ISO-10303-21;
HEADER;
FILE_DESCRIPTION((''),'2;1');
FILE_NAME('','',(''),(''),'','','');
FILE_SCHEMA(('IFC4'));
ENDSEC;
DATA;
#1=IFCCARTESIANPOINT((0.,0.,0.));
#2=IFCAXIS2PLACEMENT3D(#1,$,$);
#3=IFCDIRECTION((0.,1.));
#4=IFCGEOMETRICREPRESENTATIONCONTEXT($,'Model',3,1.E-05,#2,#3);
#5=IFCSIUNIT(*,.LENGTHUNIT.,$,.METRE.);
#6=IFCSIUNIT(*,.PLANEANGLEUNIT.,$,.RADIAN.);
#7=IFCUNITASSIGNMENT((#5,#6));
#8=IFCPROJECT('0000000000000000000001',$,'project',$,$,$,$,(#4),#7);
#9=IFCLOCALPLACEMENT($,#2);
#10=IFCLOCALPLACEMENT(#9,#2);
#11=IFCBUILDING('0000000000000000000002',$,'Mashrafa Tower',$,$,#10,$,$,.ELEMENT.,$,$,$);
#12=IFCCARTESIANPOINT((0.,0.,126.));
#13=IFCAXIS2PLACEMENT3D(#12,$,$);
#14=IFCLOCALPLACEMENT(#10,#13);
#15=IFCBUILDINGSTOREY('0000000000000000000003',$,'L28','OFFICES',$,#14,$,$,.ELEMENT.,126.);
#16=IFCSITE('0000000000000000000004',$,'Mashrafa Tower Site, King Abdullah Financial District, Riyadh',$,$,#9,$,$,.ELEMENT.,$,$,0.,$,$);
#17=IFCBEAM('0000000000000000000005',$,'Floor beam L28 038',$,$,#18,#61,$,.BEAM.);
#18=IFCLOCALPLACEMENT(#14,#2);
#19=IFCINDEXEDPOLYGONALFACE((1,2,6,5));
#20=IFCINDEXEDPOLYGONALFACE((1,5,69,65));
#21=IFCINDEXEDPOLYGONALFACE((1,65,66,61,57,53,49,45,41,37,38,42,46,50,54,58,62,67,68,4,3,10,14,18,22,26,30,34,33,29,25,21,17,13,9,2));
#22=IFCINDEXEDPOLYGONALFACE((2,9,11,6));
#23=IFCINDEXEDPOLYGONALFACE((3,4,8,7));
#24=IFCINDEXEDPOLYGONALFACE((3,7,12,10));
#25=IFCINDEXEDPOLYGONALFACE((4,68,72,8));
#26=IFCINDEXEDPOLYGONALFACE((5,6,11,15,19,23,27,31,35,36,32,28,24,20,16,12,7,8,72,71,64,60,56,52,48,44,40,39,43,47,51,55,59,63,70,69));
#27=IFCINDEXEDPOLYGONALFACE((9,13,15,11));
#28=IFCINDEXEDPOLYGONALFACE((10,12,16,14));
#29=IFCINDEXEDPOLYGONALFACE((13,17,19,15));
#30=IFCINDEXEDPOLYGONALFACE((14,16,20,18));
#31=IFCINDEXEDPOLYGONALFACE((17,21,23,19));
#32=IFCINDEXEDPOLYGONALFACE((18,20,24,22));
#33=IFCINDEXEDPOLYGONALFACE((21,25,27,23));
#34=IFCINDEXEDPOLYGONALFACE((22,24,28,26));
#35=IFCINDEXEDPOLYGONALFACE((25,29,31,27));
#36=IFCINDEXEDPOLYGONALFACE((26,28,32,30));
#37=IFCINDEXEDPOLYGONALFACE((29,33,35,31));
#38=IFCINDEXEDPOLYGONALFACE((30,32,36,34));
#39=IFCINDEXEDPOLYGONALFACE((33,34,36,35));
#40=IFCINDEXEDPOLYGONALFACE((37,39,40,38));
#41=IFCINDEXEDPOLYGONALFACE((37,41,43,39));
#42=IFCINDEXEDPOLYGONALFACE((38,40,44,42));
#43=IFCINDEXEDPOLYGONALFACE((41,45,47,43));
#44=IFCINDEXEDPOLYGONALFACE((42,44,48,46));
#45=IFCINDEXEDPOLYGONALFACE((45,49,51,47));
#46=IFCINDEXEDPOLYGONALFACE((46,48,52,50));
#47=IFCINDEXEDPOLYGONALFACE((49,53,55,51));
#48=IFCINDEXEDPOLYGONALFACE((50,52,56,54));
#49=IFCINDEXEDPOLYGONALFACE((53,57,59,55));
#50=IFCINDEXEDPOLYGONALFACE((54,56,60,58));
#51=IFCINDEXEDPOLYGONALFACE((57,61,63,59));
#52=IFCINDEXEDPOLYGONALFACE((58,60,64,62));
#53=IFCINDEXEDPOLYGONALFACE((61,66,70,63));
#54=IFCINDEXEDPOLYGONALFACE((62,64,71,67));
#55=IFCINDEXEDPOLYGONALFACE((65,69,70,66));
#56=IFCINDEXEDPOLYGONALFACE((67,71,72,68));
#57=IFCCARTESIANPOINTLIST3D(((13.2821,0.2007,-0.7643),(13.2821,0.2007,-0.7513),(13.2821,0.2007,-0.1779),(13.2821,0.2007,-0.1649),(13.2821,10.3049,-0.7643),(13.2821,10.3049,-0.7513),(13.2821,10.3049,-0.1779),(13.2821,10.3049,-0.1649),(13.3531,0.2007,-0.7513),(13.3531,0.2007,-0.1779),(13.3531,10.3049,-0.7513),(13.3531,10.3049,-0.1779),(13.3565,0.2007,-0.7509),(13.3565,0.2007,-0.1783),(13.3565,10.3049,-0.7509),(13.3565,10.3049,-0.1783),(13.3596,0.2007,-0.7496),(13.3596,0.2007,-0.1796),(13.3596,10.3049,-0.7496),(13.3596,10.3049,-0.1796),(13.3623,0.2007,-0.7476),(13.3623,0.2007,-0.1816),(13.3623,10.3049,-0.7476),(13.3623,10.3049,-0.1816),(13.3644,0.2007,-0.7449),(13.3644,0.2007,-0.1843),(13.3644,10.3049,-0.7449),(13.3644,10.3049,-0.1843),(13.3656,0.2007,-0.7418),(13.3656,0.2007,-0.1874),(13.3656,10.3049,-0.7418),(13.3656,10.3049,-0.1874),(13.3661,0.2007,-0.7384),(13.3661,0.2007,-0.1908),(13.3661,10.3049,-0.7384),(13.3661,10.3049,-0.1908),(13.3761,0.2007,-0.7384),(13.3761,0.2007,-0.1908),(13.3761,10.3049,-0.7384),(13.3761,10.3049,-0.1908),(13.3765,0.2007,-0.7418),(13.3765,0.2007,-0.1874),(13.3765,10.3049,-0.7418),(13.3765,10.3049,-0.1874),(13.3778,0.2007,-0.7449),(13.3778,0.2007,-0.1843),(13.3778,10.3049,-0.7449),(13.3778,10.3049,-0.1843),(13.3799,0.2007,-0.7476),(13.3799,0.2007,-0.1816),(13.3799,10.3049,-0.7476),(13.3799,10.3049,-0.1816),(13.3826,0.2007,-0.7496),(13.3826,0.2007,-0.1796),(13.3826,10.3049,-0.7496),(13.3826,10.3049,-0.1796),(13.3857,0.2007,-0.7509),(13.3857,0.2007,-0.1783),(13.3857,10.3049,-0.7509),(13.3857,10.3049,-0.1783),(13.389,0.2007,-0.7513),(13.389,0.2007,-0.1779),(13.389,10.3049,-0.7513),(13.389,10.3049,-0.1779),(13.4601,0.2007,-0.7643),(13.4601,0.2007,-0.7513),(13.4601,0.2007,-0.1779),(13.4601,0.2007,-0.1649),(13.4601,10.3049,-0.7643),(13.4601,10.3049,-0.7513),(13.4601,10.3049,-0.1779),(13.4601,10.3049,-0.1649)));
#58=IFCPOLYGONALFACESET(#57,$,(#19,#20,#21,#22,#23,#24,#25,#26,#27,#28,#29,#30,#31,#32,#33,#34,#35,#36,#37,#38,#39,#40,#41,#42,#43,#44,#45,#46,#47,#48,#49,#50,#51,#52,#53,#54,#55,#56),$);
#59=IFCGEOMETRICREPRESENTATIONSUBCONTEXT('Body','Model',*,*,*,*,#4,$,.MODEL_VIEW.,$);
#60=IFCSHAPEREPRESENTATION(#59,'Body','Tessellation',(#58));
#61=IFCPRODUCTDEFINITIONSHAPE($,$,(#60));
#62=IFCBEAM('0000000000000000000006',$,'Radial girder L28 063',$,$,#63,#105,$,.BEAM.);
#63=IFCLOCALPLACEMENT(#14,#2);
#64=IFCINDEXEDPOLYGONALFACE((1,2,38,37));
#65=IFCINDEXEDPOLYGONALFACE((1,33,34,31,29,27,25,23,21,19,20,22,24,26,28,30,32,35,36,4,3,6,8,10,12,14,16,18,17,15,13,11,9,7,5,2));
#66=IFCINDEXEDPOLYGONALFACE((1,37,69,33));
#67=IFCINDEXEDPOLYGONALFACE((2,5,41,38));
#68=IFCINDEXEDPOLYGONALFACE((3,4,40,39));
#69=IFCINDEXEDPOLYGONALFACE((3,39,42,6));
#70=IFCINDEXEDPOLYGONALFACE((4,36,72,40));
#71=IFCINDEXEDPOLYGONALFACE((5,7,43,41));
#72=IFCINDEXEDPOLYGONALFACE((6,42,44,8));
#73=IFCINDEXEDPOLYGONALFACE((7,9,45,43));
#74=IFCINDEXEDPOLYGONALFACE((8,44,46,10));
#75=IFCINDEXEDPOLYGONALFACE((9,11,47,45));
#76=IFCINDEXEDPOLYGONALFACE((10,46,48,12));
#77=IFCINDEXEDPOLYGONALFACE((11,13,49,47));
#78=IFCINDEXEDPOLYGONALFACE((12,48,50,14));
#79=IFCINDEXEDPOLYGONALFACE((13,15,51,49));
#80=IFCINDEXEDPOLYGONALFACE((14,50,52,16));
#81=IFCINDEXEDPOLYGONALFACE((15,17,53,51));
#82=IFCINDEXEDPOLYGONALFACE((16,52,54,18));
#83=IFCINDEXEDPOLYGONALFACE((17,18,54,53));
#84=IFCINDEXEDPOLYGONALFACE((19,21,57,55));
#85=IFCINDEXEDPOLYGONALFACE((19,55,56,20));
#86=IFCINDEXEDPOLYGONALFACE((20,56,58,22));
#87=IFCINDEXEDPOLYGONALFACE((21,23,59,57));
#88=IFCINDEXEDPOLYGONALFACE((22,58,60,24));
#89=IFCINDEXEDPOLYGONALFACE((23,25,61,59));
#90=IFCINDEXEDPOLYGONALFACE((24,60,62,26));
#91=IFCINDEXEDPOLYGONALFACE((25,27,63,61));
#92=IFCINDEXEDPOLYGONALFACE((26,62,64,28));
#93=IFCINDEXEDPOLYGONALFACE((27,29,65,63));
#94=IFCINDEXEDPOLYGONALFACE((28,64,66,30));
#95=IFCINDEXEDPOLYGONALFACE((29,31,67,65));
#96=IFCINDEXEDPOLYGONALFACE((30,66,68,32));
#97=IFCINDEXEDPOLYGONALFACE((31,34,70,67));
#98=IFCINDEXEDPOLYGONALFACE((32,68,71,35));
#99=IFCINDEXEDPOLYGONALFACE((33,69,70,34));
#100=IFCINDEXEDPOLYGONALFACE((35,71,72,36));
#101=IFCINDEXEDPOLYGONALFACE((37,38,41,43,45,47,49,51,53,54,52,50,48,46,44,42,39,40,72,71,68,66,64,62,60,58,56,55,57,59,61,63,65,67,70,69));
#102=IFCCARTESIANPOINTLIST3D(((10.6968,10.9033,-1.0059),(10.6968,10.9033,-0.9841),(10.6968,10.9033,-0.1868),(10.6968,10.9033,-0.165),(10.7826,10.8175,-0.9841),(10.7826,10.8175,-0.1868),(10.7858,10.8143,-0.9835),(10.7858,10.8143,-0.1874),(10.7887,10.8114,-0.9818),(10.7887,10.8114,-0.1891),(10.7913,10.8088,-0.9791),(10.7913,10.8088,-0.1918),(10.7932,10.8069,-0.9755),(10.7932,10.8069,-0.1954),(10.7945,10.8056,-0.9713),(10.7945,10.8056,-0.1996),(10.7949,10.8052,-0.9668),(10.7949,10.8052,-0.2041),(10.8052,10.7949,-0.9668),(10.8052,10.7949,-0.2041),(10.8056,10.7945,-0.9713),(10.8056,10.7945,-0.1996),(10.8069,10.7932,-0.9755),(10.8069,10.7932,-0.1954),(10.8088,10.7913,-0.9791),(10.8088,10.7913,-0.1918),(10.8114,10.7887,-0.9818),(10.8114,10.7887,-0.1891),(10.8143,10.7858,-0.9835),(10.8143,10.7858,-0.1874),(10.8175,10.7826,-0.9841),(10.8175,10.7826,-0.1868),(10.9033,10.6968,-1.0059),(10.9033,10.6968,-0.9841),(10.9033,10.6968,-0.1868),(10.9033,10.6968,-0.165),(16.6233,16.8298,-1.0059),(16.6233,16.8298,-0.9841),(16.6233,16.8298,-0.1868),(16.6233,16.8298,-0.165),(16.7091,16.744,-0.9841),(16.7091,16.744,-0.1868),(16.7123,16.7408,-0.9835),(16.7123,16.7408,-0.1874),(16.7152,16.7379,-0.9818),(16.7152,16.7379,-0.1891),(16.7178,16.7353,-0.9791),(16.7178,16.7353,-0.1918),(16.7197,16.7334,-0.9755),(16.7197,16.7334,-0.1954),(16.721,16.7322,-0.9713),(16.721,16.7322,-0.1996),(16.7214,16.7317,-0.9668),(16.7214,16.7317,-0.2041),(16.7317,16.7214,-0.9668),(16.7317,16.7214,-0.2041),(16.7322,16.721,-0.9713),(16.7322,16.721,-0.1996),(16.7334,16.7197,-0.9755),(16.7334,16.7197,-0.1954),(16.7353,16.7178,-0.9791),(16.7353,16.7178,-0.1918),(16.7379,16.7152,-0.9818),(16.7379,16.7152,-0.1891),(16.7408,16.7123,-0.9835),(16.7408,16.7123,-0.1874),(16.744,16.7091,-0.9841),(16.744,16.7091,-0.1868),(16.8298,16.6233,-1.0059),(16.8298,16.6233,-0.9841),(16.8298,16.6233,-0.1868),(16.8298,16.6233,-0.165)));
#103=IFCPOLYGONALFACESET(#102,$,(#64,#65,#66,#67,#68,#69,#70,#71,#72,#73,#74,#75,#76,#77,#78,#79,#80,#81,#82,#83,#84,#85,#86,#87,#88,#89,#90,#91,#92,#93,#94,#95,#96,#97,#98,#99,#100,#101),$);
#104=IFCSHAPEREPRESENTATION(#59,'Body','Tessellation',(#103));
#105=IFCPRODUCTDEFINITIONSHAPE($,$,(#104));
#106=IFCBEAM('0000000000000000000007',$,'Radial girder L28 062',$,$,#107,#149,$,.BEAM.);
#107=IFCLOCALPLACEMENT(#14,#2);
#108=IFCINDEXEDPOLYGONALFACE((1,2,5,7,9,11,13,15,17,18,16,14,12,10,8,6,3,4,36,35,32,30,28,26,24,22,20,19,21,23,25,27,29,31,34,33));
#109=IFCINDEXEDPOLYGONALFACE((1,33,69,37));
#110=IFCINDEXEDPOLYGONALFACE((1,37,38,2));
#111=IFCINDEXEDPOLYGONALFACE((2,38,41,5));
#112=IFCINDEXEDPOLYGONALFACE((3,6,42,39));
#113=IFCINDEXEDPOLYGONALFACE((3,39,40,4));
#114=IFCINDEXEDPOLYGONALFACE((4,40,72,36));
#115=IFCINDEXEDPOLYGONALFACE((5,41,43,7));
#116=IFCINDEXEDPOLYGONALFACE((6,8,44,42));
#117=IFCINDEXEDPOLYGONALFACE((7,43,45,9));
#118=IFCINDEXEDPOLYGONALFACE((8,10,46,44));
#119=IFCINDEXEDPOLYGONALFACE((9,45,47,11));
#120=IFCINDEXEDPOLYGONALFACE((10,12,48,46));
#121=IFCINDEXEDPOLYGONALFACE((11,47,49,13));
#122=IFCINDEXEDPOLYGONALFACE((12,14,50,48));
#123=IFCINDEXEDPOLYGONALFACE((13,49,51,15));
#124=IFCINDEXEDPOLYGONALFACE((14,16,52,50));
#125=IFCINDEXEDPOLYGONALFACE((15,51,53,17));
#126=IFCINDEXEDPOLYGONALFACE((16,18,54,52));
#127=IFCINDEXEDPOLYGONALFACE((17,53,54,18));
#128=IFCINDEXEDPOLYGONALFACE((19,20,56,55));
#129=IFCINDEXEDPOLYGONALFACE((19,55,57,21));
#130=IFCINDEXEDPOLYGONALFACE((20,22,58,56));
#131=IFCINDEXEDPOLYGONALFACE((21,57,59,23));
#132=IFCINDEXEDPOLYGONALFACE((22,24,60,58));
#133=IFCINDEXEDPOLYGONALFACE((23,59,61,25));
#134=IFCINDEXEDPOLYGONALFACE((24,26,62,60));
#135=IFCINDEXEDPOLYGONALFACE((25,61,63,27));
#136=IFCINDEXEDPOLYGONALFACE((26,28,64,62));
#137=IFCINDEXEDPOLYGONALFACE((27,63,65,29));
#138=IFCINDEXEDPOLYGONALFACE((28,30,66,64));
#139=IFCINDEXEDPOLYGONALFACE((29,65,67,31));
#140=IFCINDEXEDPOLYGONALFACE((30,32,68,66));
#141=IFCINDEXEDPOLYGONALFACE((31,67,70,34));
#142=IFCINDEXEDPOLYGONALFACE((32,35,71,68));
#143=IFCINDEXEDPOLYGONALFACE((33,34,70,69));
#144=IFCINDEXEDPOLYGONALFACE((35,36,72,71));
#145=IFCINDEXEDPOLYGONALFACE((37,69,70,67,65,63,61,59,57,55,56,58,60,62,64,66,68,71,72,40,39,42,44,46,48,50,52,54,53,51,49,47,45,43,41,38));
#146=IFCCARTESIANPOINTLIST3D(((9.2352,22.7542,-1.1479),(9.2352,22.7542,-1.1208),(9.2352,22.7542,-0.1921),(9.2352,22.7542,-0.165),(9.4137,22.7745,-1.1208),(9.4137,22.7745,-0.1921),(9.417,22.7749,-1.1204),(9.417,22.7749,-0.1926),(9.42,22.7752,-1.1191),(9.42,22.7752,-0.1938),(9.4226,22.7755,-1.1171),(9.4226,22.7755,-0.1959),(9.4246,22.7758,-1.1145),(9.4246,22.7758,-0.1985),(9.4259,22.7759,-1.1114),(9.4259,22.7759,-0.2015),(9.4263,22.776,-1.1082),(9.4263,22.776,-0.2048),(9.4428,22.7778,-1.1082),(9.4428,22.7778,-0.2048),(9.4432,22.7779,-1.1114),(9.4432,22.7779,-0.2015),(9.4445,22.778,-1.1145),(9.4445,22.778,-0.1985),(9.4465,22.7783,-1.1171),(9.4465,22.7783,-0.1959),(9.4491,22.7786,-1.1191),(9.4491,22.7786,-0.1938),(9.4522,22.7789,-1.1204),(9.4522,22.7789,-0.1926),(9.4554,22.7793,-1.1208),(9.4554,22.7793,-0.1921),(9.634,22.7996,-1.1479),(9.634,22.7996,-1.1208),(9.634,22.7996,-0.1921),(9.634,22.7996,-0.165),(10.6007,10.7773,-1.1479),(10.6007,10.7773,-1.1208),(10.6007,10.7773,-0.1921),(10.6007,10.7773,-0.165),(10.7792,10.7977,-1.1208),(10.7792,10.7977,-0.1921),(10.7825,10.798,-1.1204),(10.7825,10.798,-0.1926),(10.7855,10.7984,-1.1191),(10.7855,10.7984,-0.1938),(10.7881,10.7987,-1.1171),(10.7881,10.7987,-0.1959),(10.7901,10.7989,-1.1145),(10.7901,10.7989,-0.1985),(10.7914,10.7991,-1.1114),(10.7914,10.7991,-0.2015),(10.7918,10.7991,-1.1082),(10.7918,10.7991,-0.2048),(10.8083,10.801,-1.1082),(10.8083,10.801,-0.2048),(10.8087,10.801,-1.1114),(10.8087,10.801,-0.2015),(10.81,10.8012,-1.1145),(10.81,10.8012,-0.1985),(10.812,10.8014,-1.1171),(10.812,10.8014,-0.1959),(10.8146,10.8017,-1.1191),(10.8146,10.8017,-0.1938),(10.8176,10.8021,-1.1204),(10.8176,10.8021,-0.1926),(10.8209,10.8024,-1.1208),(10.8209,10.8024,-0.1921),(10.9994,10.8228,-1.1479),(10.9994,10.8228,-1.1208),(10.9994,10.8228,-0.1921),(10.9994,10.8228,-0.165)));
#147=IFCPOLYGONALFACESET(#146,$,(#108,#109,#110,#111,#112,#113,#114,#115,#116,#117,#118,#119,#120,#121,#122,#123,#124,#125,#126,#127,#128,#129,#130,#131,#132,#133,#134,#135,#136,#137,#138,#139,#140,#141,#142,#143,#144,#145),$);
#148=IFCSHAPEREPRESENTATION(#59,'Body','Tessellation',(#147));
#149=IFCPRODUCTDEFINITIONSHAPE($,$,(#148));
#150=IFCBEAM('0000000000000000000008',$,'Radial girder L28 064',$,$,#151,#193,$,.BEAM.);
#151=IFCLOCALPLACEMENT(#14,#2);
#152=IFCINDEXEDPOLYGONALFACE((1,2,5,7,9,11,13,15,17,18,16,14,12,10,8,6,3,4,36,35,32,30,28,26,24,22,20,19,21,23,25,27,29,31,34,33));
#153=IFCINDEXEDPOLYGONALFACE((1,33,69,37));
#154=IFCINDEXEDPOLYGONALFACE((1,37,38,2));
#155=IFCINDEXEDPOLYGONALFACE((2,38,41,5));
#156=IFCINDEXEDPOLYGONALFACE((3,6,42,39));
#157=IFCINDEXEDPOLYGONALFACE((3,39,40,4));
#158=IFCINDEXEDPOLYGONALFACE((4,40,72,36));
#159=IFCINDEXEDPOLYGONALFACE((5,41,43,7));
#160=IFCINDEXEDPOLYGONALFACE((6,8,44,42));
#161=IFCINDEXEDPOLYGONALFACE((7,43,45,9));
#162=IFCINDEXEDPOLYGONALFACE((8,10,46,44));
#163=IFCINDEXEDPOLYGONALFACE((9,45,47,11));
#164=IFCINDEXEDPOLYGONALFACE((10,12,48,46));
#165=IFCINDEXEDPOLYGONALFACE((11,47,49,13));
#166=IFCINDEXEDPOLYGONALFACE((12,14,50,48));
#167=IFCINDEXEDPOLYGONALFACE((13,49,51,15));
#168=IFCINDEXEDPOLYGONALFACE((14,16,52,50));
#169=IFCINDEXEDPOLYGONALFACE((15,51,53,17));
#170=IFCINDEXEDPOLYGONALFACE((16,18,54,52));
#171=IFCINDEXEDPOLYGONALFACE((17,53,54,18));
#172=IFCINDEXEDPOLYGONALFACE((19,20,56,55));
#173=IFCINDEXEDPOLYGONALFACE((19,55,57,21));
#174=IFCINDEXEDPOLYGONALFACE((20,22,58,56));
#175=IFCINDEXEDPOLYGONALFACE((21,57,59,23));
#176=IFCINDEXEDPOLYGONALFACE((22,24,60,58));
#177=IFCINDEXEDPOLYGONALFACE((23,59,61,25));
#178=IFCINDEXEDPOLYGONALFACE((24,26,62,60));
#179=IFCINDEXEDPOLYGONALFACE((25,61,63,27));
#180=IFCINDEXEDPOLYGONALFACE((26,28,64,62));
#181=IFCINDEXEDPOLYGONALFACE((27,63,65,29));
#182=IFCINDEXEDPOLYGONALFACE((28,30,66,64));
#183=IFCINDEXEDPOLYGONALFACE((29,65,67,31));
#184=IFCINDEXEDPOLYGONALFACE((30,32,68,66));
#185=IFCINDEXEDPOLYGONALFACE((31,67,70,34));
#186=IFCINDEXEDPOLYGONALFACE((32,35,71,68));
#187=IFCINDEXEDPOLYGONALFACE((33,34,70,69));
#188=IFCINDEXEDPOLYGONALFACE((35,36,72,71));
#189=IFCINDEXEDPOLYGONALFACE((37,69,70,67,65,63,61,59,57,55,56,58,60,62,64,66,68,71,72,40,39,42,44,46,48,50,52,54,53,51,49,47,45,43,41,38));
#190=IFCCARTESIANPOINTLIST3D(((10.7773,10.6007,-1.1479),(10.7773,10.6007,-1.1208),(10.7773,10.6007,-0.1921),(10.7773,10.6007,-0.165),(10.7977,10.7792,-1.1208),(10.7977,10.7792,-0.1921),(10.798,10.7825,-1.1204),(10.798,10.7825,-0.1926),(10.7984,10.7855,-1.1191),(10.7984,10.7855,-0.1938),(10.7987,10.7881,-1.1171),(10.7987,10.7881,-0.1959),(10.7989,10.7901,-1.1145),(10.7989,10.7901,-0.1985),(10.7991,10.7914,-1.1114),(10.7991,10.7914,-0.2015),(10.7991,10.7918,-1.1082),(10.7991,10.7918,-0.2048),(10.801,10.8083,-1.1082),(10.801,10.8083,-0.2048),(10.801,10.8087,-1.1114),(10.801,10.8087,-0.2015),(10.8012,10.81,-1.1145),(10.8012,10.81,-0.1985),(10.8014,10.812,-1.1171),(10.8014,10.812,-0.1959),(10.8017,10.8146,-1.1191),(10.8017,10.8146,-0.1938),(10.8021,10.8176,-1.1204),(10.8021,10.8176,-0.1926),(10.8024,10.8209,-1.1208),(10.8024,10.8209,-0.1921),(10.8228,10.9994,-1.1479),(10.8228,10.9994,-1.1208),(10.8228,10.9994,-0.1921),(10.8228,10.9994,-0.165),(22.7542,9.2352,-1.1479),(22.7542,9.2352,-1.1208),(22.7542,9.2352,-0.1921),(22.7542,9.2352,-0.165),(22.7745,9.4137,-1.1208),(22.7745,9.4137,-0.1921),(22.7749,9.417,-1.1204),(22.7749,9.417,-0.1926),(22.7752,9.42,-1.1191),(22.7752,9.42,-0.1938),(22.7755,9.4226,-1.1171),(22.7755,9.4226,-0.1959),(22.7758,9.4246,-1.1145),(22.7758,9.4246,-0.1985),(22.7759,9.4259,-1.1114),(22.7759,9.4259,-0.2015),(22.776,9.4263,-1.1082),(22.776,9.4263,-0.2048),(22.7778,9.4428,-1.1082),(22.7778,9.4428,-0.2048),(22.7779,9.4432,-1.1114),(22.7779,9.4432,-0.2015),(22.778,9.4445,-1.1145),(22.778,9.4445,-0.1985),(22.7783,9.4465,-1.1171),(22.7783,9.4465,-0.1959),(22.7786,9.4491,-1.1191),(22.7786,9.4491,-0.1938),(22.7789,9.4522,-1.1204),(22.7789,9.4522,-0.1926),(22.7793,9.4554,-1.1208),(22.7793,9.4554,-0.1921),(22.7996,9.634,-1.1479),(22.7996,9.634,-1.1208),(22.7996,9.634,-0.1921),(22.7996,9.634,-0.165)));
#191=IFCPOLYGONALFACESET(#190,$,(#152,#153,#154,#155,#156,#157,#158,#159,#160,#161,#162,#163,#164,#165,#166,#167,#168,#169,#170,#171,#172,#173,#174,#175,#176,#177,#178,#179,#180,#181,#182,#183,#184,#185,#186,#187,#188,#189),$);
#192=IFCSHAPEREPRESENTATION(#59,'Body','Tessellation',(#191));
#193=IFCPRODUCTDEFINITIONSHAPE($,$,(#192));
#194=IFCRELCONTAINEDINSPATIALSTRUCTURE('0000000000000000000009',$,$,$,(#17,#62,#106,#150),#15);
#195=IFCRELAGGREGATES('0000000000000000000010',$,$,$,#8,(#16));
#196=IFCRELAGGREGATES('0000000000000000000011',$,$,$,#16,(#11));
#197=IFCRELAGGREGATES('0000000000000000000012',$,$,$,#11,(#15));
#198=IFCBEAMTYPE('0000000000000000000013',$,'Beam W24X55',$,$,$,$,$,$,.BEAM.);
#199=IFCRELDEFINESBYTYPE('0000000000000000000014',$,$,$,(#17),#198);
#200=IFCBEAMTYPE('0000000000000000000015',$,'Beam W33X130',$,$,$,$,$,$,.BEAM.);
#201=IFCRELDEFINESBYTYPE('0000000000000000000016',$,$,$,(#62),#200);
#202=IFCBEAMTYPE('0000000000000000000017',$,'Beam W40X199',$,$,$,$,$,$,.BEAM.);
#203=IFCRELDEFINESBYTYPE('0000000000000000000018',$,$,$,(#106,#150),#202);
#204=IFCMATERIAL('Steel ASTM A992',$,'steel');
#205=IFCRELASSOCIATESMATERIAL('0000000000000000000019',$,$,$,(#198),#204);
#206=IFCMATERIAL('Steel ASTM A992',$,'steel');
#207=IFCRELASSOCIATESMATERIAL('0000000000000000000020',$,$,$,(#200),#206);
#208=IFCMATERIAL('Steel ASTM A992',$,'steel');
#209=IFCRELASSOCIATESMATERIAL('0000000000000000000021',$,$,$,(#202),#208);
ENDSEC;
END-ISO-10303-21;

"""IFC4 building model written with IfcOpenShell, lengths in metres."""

from ifc_helpers import new_model, si_unit, direction, frame, origin, origin_2d, place, context, subcontext, project, spatial, i_section, extrude, material, material_profile, profile_set, type_object, element, save


model = new_model("IFC4")

# Units and contexts
model_context = context("Model", 3, precision=1e-05, world=origin(), true_north=direction((0.0, 1.0)))
body_context = subcontext(model_context, "Body", "Model", "MODEL_VIEW")
ifc_project = project(units=[si_unit("LENGTHUNIT", "METRE"), si_unit("PLANEANGLEUNIT", "RADIAN")], contexts=[model_context])

# Site, building, storey
site_placement = place(None, origin())
site = spatial("IfcSite", under=ifc_project, at=site_placement, Name="Mashrafa Tower Site, King Abdullah Financial District, Riyadh", CompositionType="ELEMENT", RefElevation=0.0)
building_placement = place(site_placement, origin())
building = spatial("IfcBuilding", under=site, at=building_placement, Name="Mashrafa Tower", CompositionType="ELEMENT")
storey_placement = place(building_placement, frame((0.0, 0.0, 126.0)))
storey = spatial("IfcBuildingStorey", under=building, at=storey_placement, Name="L28", Description="OFFICES", CompositionType="ELEMENT", Elevation=126.0)

# Beams
ifc_material_1 = material(Name="Steel ASTM A992", Category="steel")
ifc_material_profile_1 = material_profile(ifc_material_1, i_section(OverallWidth=0.178, OverallDepth=0.5994, WebThickness=0.01, FlangeThickness=0.0129, FilletRadius=0.0129, at=origin_2d()), Name="W24X55")
ifc_profile_set_1 = profile_set([ifc_material_profile_1], Name="Steel ASTM A992")
beam_type_1 = type_object("IfcBeamType", Name="Beam W24X55", PredefinedType="BEAM", material=ifc_profile_set_1)
beam_1_placement = place(storey_placement, frame((13.3711, 10.3049, -0.4646), z_axis=(0.0, -1.0, 0.0), x_axis=(1.0, 0.0, 0.0)))
element("IfcBeam", 1, at=beam_1_placement, inside=storey, type_object=beam_type_1, Name="Floor beam L28 038", PredefinedType="BEAM", context=body_context, shape_type="SweptSolid", body=[
    extrude(i_section(OverallWidth=0.178, OverallDepth=0.5994, WebThickness=0.01, FlangeThickness=0.0129, FilletRadius=0.0129, at=origin_2d()), origin(), (0.0, 0.0, 1.0), 10.1042),
])
ifc_material_2 = material(Name="Steel ASTM A992", Category="steel")
ifc_material_profile_2 = material_profile(ifc_material_2, i_section(OverallWidth=0.292, OverallDepth=0.8408, WebThickness=0.0146, FlangeThickness=0.0217, FilletRadius=0.0173, at=origin_2d()), Name="W33X130")
ifc_profile_set_2 = profile_set([ifc_material_profile_2], Name="Steel ASTM A992")
beam_type_2 = type_object("IfcBeamType", Name="Beam W33X130", PredefinedType="BEAM", material=ifc_profile_set_2)
beam_2_placement = place(storey_placement, frame((10.8, 10.8, -0.5854), z_axis=(0.707107, 0.707107, 0.0), x_axis=(-0.707107, 0.707107, 0.0)))
element("IfcBeam", 2, at=beam_2_placement, inside=storey, type_object=beam_type_2, Name="Radial girder L28 063", PredefinedType="BEAM", context=body_context, shape_type="SweptSolid", body=[
    extrude(i_section(OverallWidth=0.292, OverallDepth=0.8408, WebThickness=0.0146, FlangeThickness=0.0217, FilletRadius=0.0173, at=origin_2d()), origin(), (0.0, 0.0, 1.0), 8.3813),
])
ifc_material_3 = material(Name="Steel ASTM A992", Category="steel")
ifc_material_profile_3 = material_profile(ifc_material_3, i_section(OverallWidth=0.4014, OverallDepth=0.9829, WebThickness=0.0166, FlangeThickness=0.0271, FilletRadius=0.0127, at=origin_2d()), Name="W40X199")
ifc_profile_set_3 = profile_set([ifc_material_profile_3], Name="Steel ASTM A992")
beam_type_3 = type_object("IfcBeamType", Name="Beam W40X199", PredefinedType="BEAM", material=ifc_profile_set_3)
for number, where, z_axis, x_axis, name in (
    (3, (10.8, 10.8, -0.6565), (-0.113276, 0.993564, 0.0), (-0.993564, -0.113276, 0.0), "Radial girder L28 062"),
    (4, (10.8, 10.8, -0.6565), (0.993564, -0.113276, 0.0), (0.113276, 0.993564, 0.0), "Radial girder L28 064"),
):
    element("IfcBeam", number, at=place(storey_placement, frame(where, z_axis=z_axis, x_axis=x_axis)), inside=storey, type_object=beam_type_3, Name=name, PredefinedType="BEAM", context=body_context, shape_type="SweptSolid", body=[
        extrude(i_section(OverallWidth=0.4014, OverallDepth=0.9829, WebThickness=0.0166, FlangeThickness=0.0271, FilletRadius=0.0127, at=origin_2d()), origin(), (0.0, 0.0, 1.0), 12.0544),
    ])

save(model, "model.ifc")
